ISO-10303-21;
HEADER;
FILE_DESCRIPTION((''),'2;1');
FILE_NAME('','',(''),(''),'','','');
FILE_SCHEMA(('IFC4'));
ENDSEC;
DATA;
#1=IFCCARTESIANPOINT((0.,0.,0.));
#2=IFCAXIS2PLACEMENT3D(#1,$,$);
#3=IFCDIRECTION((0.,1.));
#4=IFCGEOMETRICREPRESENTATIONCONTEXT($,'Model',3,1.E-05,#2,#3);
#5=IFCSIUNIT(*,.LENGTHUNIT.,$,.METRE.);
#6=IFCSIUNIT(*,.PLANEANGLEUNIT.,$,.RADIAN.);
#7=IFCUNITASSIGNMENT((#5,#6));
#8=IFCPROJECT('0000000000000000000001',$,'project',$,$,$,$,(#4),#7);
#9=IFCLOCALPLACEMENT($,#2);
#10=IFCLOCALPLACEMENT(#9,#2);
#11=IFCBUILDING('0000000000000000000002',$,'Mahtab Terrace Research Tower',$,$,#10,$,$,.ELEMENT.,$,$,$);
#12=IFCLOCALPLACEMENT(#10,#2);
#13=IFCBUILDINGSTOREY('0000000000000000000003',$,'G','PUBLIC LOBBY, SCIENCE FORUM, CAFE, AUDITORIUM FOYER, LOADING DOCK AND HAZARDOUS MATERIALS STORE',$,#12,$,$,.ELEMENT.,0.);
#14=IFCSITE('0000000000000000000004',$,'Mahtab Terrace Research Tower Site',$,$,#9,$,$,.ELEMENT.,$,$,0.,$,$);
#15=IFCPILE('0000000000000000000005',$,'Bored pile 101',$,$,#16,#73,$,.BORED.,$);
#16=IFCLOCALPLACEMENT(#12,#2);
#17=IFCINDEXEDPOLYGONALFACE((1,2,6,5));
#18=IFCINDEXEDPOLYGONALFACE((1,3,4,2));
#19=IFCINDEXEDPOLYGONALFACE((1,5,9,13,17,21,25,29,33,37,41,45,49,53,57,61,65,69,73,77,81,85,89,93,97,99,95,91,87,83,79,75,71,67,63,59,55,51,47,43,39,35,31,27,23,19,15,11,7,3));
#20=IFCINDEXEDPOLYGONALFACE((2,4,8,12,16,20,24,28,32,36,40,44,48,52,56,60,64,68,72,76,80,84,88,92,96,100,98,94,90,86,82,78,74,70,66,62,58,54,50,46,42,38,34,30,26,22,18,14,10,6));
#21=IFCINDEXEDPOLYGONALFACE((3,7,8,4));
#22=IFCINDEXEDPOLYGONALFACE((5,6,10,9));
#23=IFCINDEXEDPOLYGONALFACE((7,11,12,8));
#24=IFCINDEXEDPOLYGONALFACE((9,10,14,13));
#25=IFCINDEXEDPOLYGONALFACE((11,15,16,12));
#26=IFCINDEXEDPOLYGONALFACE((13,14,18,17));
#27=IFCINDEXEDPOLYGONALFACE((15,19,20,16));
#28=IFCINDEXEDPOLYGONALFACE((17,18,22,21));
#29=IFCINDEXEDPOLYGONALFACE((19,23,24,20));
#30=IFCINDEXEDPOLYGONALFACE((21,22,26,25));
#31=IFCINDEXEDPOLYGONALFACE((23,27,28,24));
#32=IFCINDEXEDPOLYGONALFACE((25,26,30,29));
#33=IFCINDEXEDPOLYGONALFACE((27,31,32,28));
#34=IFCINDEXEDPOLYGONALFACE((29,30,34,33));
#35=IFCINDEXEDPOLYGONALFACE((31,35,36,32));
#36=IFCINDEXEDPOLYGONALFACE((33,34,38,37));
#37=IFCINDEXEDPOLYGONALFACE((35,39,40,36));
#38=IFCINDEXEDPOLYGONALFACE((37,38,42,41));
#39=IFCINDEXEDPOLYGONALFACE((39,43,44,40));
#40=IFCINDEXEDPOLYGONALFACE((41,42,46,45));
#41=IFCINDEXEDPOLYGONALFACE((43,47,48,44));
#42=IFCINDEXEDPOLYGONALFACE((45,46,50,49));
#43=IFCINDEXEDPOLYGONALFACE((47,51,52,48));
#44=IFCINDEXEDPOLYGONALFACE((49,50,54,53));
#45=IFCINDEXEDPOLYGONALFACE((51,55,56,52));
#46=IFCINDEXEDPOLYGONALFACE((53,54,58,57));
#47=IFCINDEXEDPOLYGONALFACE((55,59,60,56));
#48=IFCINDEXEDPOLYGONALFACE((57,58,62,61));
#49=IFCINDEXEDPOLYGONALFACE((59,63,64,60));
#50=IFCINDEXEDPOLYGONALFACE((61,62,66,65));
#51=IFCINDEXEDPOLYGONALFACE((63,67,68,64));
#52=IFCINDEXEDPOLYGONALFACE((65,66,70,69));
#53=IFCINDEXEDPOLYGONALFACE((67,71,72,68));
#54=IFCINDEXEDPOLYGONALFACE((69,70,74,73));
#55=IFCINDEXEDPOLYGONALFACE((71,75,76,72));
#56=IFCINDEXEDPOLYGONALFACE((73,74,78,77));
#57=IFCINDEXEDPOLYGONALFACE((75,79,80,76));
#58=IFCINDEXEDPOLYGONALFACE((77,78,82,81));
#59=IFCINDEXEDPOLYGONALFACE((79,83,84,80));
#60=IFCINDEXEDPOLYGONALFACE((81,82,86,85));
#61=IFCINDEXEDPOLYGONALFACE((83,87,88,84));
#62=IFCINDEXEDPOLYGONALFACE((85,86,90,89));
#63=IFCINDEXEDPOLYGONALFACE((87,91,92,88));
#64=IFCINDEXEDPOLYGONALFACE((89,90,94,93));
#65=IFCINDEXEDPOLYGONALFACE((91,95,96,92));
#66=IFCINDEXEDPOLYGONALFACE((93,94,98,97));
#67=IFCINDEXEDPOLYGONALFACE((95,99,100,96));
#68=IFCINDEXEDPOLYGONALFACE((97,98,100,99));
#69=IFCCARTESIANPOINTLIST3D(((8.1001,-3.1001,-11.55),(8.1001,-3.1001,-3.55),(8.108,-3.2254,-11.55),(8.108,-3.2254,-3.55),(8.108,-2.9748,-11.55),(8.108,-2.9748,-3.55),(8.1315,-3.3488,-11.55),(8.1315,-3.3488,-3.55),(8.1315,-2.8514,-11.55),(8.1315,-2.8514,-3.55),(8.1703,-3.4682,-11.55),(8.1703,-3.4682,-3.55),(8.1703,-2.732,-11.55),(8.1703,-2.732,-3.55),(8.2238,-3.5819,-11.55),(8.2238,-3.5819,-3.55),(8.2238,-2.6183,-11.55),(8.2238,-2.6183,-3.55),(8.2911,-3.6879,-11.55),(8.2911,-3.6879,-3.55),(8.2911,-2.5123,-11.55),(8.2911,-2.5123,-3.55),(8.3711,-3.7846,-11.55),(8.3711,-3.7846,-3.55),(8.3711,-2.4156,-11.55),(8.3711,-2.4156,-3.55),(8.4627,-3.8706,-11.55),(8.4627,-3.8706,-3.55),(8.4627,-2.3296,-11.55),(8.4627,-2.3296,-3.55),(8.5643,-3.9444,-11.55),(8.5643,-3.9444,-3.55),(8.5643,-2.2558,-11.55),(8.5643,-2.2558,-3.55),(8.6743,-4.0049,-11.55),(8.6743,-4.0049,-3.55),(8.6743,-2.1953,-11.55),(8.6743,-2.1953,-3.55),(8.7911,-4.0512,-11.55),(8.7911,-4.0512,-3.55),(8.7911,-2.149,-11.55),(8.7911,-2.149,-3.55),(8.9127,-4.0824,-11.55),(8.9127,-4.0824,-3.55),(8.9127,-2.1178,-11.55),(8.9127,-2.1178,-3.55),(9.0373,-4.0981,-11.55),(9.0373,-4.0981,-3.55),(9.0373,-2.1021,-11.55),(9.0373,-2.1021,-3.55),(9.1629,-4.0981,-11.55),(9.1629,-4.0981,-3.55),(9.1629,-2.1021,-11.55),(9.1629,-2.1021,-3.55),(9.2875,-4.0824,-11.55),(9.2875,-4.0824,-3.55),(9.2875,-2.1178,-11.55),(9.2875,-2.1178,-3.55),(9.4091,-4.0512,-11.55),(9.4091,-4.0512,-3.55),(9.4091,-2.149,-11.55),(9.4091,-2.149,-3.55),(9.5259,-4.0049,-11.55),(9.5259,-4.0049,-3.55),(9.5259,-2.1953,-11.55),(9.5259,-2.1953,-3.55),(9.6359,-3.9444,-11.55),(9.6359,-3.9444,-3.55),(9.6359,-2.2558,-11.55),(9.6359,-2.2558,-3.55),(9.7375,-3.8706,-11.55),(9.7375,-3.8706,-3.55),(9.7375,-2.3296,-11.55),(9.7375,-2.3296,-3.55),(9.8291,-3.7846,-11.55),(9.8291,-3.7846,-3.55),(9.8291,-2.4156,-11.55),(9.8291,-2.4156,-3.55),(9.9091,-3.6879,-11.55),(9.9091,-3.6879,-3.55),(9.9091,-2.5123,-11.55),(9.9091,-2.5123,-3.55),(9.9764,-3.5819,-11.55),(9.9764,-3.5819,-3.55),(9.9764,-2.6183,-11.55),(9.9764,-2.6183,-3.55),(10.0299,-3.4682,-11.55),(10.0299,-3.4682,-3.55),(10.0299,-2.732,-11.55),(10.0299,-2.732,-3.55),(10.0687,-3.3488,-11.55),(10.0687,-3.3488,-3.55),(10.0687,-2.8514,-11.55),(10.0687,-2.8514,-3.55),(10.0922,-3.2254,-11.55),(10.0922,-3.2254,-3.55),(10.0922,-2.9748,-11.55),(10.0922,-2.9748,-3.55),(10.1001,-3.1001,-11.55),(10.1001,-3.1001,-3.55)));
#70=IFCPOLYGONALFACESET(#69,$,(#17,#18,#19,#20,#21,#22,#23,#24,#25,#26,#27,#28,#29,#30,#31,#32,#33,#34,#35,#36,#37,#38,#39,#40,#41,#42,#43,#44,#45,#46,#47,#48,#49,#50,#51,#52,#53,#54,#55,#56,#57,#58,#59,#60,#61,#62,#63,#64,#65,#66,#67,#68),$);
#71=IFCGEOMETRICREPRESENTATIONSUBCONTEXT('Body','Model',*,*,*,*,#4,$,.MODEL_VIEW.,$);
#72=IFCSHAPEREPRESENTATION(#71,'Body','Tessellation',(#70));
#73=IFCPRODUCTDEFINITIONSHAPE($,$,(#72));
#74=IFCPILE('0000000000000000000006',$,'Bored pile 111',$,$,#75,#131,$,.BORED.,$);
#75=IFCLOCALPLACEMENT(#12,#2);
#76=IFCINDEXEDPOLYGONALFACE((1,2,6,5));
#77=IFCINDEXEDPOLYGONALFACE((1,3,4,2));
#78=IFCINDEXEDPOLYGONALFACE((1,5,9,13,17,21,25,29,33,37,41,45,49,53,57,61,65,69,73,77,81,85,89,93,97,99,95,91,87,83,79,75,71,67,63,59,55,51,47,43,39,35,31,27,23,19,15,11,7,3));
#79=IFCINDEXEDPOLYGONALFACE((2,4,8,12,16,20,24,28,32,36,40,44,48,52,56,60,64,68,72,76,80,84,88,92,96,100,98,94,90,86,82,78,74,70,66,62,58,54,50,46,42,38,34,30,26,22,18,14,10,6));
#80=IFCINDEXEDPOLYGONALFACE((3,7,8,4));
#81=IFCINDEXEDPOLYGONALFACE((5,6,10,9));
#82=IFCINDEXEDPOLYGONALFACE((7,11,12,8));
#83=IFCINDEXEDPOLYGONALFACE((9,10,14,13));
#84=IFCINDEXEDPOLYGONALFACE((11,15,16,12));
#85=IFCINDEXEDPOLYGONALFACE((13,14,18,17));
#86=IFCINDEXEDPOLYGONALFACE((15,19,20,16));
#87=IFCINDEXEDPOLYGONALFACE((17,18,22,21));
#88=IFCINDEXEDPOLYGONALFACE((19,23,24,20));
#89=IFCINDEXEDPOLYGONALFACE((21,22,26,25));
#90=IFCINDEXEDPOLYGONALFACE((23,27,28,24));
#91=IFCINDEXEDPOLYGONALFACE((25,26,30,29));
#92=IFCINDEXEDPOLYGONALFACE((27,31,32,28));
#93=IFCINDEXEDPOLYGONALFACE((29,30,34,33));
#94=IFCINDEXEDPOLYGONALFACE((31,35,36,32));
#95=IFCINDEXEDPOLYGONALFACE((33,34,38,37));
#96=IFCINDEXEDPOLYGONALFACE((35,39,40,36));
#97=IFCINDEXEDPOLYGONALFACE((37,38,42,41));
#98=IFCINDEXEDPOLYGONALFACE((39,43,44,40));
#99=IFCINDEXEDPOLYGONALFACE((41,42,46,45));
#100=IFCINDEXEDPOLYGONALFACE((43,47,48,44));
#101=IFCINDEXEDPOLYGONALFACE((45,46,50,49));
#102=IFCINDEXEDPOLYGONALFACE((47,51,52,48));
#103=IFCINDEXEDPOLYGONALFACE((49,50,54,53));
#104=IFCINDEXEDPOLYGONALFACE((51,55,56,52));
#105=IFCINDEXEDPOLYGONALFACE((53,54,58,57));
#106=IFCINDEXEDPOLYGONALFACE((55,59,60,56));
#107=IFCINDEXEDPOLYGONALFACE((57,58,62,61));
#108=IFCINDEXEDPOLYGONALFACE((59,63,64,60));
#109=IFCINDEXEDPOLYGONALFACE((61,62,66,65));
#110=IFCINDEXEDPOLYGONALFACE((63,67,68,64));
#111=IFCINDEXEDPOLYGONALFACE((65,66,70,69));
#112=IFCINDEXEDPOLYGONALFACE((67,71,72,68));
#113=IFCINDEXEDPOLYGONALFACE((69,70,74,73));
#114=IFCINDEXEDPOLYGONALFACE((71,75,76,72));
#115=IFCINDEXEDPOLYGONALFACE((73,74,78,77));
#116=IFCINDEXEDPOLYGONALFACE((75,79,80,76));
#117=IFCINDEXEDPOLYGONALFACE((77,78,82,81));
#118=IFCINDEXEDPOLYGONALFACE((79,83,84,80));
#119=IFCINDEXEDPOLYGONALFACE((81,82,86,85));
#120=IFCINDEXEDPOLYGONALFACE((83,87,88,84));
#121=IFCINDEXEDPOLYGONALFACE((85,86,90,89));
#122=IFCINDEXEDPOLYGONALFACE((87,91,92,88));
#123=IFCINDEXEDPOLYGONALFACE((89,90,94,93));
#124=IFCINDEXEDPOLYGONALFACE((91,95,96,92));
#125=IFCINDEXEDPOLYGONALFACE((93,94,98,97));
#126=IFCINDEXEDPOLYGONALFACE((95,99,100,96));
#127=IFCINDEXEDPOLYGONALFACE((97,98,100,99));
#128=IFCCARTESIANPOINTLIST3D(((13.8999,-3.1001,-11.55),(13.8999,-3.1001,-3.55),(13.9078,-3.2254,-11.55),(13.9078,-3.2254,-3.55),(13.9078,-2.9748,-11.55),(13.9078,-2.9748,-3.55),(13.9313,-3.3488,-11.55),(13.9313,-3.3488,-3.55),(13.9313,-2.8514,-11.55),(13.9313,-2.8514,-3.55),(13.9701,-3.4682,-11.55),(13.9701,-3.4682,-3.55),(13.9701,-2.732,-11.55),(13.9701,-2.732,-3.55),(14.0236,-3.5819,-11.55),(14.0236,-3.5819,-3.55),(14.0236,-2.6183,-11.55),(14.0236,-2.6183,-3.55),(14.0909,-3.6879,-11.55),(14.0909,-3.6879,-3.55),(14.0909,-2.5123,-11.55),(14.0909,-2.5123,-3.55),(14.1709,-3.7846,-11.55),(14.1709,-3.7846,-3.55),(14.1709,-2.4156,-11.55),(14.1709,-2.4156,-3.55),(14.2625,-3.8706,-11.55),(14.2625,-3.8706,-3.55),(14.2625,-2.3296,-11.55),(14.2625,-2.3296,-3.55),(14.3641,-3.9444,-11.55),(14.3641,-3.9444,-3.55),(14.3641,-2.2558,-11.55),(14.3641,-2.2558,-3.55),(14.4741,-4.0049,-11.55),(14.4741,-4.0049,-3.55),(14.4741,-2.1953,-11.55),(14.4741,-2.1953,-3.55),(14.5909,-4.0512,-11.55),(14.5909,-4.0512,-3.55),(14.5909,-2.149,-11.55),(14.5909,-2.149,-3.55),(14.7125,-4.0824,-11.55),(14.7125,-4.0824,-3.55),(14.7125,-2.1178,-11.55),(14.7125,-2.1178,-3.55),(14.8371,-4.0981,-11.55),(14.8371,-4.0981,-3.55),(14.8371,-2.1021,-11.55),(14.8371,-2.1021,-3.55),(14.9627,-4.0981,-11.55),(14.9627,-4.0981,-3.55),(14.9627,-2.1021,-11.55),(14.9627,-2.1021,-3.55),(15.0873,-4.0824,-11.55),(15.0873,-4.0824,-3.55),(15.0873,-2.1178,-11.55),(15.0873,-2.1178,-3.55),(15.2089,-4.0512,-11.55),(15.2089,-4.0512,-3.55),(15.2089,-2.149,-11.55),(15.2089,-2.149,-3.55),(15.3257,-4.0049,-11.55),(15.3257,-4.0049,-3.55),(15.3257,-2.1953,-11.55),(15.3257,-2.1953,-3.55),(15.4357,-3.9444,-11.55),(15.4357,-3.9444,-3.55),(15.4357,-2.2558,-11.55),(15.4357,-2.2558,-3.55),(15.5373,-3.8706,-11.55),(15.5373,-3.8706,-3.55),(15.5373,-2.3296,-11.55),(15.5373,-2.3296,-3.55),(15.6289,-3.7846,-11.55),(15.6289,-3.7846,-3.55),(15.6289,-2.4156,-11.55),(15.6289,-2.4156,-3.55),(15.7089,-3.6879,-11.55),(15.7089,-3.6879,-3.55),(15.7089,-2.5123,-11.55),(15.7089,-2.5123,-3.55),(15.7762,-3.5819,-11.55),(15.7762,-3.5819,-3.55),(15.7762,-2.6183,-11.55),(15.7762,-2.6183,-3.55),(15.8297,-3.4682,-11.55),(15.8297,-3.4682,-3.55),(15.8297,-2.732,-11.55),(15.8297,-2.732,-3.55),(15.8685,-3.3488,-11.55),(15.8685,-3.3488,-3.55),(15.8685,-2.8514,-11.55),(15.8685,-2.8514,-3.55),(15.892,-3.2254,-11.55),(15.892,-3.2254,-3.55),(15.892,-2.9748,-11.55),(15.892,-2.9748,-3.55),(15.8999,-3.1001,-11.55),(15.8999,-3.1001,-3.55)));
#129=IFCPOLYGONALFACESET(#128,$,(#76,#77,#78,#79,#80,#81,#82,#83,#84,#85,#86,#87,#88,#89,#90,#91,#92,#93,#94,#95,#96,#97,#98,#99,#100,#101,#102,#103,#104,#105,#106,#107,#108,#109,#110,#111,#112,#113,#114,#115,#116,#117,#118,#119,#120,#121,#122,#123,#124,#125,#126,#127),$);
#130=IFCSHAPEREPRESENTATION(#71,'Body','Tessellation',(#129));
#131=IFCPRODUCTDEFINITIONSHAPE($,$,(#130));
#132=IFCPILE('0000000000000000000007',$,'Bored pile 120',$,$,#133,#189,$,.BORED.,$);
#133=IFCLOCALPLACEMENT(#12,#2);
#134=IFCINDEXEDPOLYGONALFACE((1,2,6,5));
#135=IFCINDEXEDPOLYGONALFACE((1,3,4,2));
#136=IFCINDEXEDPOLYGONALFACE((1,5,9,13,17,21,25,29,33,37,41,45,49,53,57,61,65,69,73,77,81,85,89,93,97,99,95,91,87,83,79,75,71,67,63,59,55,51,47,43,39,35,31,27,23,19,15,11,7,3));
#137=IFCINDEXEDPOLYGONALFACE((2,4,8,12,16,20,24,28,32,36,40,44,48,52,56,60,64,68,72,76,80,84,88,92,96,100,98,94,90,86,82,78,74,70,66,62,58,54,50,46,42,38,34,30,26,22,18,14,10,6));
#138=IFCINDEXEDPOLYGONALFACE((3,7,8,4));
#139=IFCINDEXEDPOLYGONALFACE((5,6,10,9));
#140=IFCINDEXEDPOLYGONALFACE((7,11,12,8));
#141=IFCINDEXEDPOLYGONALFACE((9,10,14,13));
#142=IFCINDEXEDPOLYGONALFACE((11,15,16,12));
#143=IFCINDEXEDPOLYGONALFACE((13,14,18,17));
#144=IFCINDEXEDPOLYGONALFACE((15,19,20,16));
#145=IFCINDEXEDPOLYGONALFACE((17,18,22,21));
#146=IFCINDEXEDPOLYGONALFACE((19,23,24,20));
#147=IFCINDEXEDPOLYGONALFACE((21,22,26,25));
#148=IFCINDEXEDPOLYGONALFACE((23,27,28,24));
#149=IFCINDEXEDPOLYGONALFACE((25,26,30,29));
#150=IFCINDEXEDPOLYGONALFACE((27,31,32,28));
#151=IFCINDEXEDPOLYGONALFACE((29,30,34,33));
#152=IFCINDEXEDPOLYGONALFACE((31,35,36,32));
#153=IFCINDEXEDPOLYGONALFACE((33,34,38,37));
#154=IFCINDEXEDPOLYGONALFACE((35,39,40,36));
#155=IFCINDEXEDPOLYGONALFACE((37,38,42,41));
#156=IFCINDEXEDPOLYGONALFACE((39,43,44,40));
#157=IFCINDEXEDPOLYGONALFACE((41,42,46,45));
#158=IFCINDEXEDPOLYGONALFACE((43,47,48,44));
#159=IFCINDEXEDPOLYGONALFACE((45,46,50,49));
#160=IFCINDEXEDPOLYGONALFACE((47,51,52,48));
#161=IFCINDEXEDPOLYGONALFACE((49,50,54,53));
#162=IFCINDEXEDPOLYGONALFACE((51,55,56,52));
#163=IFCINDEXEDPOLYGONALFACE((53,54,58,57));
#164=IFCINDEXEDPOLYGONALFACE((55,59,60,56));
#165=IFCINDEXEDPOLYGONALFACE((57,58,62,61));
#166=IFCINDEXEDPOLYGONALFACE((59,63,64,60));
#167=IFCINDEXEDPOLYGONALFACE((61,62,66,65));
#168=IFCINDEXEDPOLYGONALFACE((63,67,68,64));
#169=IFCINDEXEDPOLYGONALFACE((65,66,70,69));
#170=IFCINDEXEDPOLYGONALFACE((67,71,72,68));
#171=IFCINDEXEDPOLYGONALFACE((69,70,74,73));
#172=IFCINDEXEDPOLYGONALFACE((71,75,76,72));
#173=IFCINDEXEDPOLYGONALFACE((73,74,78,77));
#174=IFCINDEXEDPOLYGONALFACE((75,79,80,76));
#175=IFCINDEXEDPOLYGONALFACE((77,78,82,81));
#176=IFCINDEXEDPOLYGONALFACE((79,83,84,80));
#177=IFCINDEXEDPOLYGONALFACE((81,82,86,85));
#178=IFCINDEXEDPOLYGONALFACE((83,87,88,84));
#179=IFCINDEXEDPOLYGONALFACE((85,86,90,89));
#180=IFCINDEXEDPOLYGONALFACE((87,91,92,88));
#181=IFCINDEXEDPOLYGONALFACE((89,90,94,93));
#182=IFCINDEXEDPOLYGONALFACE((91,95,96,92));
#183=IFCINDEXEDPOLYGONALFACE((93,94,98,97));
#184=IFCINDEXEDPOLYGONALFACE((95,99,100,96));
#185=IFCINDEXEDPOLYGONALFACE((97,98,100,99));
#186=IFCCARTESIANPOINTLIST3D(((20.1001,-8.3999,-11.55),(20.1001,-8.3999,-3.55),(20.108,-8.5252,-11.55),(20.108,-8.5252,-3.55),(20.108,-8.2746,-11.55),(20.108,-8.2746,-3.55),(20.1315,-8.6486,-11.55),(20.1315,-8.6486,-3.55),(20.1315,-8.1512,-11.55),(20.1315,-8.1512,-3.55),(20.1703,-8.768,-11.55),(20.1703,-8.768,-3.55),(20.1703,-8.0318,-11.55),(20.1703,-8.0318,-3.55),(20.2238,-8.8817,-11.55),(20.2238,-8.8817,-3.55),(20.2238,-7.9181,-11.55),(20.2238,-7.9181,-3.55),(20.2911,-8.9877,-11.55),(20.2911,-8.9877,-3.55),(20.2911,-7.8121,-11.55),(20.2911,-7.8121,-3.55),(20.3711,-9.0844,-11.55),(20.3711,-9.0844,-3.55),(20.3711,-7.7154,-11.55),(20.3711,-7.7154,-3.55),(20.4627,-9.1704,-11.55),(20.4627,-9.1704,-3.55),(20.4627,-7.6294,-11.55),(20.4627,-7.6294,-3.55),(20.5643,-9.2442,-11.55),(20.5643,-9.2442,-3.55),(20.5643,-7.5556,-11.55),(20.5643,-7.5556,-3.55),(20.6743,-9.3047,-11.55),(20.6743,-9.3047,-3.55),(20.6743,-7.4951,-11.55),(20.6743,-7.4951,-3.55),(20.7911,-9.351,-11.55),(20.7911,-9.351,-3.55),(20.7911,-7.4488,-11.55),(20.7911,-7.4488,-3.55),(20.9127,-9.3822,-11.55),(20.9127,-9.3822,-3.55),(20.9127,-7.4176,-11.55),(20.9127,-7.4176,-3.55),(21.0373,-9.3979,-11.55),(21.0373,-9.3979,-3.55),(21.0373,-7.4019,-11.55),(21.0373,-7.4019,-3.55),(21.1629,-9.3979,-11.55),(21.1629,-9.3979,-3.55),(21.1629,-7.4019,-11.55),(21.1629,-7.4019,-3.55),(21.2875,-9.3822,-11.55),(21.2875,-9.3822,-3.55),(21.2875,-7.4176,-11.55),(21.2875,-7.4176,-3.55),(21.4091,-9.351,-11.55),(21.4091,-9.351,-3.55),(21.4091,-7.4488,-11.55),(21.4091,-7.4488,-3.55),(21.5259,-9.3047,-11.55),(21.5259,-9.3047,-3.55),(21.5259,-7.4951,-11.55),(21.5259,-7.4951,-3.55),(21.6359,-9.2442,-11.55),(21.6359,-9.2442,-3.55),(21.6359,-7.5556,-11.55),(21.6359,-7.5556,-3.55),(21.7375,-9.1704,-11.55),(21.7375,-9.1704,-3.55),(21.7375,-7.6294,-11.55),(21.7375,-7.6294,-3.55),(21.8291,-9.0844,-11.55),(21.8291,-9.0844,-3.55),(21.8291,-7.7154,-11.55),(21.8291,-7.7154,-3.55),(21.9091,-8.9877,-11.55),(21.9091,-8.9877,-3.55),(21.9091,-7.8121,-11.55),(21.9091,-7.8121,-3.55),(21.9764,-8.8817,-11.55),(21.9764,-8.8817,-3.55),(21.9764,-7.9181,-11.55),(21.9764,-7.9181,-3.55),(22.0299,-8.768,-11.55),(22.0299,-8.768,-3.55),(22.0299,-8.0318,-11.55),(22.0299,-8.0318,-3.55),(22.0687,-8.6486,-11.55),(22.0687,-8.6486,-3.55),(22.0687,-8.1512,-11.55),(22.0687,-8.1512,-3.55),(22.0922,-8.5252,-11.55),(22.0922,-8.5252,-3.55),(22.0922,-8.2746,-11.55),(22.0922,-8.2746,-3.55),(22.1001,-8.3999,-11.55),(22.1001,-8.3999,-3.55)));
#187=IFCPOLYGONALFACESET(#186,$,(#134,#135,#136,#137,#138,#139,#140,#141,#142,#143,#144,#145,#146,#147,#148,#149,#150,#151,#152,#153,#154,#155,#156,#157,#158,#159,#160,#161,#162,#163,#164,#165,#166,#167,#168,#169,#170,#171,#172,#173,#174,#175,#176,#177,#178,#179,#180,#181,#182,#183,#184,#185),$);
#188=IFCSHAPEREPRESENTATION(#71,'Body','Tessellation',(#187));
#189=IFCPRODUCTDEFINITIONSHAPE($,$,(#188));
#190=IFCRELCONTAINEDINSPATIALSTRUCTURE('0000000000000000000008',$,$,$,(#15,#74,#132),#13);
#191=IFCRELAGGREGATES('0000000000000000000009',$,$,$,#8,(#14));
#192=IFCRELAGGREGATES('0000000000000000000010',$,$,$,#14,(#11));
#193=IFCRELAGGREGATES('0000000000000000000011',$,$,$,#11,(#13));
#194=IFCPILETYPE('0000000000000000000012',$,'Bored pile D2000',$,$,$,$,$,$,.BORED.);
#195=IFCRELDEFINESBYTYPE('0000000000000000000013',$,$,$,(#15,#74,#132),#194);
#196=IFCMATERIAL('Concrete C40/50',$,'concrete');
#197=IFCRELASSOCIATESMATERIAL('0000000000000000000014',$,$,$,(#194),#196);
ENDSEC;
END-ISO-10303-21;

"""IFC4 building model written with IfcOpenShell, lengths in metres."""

from ifc_helpers import new_model, si_unit, direction, frame, origin, origin_2d, place, context, subcontext, project, spatial, circle, extrude, material, material_profile, profile_set, type_object, element, save


model = new_model("IFC4")

# Units and contexts
model_context = context("Model", 3, precision=1e-05, world=origin(), true_north=direction((0.0, 1.0)))
body_context = subcontext(model_context, "Body", "Model", "MODEL_VIEW")
ifc_project = project(units=[si_unit("LENGTHUNIT", "METRE"), si_unit("PLANEANGLEUNIT", "RADIAN")], contexts=[model_context])

# Site, building, storey
site_placement = place(None, origin())
site = spatial("IfcSite", under=ifc_project, at=site_placement, Name="Mahtab Terrace Research Tower Site", CompositionType="ELEMENT", RefElevation=0.0)
building_placement = place(site_placement, origin())
building = spatial("IfcBuilding", under=site, at=building_placement, Name="Mahtab Terrace Research Tower", CompositionType="ELEMENT")
storey_placement = place(building_placement, origin())
storey = spatial("IfcBuildingStorey", under=building, at=storey_placement, Name="G", Description="PUBLIC LOBBY, SCIENCE FORUM, CAFE, AUDITORIUM FOYER, LOADING DOCK AND HAZARDOUS MATERIALS STORE", CompositionType="ELEMENT", Elevation=0.0)

# Piles
ifc_material_1 = material(Name="Concrete C40/50", Category="concrete")
ifc_material_profile_1 = material_profile(ifc_material_1, circle(Radius=1.0, at=origin_2d()), Name="Bored pile D2000")
ifc_profile_set_1 = profile_set([ifc_material_profile_1], Name="Concrete C40/50")
pile_type = type_object("IfcPileType", Name="Bored pile D2000", PredefinedType="BORED", material=ifc_profile_set_1)
for number, where, z_axis, x_axis, name in (
    (1, (9.1001, -3.1001, -3.55), (0.0, 0.0, -1.0), (1.0, 0.0, 0.0), "Bored pile 101"),
    (2, (14.8999, -3.1001, -3.55), (0.0, 0.0, -1.0), (1.0, 0.0, 0.0), "Bored pile 111"),
    (3, (21.1001, -8.3999, -3.55), (0.0, 0.0, -1.0), (1.0, 0.0, 0.0), "Bored pile 120"),
):
    element("IfcPile", number, at=place(storey_placement, frame(where, z_axis=z_axis, x_axis=x_axis)), inside=storey, type_object=pile_type, Name=name, PredefinedType="BORED", context=body_context, shape_type="SweptSolid", body=[
        extrude(circle(Radius=1.0, at=origin_2d()), origin(), (0.0, 0.0, 1.0), 8.0),
    ])

save(model, "model.ifc")
